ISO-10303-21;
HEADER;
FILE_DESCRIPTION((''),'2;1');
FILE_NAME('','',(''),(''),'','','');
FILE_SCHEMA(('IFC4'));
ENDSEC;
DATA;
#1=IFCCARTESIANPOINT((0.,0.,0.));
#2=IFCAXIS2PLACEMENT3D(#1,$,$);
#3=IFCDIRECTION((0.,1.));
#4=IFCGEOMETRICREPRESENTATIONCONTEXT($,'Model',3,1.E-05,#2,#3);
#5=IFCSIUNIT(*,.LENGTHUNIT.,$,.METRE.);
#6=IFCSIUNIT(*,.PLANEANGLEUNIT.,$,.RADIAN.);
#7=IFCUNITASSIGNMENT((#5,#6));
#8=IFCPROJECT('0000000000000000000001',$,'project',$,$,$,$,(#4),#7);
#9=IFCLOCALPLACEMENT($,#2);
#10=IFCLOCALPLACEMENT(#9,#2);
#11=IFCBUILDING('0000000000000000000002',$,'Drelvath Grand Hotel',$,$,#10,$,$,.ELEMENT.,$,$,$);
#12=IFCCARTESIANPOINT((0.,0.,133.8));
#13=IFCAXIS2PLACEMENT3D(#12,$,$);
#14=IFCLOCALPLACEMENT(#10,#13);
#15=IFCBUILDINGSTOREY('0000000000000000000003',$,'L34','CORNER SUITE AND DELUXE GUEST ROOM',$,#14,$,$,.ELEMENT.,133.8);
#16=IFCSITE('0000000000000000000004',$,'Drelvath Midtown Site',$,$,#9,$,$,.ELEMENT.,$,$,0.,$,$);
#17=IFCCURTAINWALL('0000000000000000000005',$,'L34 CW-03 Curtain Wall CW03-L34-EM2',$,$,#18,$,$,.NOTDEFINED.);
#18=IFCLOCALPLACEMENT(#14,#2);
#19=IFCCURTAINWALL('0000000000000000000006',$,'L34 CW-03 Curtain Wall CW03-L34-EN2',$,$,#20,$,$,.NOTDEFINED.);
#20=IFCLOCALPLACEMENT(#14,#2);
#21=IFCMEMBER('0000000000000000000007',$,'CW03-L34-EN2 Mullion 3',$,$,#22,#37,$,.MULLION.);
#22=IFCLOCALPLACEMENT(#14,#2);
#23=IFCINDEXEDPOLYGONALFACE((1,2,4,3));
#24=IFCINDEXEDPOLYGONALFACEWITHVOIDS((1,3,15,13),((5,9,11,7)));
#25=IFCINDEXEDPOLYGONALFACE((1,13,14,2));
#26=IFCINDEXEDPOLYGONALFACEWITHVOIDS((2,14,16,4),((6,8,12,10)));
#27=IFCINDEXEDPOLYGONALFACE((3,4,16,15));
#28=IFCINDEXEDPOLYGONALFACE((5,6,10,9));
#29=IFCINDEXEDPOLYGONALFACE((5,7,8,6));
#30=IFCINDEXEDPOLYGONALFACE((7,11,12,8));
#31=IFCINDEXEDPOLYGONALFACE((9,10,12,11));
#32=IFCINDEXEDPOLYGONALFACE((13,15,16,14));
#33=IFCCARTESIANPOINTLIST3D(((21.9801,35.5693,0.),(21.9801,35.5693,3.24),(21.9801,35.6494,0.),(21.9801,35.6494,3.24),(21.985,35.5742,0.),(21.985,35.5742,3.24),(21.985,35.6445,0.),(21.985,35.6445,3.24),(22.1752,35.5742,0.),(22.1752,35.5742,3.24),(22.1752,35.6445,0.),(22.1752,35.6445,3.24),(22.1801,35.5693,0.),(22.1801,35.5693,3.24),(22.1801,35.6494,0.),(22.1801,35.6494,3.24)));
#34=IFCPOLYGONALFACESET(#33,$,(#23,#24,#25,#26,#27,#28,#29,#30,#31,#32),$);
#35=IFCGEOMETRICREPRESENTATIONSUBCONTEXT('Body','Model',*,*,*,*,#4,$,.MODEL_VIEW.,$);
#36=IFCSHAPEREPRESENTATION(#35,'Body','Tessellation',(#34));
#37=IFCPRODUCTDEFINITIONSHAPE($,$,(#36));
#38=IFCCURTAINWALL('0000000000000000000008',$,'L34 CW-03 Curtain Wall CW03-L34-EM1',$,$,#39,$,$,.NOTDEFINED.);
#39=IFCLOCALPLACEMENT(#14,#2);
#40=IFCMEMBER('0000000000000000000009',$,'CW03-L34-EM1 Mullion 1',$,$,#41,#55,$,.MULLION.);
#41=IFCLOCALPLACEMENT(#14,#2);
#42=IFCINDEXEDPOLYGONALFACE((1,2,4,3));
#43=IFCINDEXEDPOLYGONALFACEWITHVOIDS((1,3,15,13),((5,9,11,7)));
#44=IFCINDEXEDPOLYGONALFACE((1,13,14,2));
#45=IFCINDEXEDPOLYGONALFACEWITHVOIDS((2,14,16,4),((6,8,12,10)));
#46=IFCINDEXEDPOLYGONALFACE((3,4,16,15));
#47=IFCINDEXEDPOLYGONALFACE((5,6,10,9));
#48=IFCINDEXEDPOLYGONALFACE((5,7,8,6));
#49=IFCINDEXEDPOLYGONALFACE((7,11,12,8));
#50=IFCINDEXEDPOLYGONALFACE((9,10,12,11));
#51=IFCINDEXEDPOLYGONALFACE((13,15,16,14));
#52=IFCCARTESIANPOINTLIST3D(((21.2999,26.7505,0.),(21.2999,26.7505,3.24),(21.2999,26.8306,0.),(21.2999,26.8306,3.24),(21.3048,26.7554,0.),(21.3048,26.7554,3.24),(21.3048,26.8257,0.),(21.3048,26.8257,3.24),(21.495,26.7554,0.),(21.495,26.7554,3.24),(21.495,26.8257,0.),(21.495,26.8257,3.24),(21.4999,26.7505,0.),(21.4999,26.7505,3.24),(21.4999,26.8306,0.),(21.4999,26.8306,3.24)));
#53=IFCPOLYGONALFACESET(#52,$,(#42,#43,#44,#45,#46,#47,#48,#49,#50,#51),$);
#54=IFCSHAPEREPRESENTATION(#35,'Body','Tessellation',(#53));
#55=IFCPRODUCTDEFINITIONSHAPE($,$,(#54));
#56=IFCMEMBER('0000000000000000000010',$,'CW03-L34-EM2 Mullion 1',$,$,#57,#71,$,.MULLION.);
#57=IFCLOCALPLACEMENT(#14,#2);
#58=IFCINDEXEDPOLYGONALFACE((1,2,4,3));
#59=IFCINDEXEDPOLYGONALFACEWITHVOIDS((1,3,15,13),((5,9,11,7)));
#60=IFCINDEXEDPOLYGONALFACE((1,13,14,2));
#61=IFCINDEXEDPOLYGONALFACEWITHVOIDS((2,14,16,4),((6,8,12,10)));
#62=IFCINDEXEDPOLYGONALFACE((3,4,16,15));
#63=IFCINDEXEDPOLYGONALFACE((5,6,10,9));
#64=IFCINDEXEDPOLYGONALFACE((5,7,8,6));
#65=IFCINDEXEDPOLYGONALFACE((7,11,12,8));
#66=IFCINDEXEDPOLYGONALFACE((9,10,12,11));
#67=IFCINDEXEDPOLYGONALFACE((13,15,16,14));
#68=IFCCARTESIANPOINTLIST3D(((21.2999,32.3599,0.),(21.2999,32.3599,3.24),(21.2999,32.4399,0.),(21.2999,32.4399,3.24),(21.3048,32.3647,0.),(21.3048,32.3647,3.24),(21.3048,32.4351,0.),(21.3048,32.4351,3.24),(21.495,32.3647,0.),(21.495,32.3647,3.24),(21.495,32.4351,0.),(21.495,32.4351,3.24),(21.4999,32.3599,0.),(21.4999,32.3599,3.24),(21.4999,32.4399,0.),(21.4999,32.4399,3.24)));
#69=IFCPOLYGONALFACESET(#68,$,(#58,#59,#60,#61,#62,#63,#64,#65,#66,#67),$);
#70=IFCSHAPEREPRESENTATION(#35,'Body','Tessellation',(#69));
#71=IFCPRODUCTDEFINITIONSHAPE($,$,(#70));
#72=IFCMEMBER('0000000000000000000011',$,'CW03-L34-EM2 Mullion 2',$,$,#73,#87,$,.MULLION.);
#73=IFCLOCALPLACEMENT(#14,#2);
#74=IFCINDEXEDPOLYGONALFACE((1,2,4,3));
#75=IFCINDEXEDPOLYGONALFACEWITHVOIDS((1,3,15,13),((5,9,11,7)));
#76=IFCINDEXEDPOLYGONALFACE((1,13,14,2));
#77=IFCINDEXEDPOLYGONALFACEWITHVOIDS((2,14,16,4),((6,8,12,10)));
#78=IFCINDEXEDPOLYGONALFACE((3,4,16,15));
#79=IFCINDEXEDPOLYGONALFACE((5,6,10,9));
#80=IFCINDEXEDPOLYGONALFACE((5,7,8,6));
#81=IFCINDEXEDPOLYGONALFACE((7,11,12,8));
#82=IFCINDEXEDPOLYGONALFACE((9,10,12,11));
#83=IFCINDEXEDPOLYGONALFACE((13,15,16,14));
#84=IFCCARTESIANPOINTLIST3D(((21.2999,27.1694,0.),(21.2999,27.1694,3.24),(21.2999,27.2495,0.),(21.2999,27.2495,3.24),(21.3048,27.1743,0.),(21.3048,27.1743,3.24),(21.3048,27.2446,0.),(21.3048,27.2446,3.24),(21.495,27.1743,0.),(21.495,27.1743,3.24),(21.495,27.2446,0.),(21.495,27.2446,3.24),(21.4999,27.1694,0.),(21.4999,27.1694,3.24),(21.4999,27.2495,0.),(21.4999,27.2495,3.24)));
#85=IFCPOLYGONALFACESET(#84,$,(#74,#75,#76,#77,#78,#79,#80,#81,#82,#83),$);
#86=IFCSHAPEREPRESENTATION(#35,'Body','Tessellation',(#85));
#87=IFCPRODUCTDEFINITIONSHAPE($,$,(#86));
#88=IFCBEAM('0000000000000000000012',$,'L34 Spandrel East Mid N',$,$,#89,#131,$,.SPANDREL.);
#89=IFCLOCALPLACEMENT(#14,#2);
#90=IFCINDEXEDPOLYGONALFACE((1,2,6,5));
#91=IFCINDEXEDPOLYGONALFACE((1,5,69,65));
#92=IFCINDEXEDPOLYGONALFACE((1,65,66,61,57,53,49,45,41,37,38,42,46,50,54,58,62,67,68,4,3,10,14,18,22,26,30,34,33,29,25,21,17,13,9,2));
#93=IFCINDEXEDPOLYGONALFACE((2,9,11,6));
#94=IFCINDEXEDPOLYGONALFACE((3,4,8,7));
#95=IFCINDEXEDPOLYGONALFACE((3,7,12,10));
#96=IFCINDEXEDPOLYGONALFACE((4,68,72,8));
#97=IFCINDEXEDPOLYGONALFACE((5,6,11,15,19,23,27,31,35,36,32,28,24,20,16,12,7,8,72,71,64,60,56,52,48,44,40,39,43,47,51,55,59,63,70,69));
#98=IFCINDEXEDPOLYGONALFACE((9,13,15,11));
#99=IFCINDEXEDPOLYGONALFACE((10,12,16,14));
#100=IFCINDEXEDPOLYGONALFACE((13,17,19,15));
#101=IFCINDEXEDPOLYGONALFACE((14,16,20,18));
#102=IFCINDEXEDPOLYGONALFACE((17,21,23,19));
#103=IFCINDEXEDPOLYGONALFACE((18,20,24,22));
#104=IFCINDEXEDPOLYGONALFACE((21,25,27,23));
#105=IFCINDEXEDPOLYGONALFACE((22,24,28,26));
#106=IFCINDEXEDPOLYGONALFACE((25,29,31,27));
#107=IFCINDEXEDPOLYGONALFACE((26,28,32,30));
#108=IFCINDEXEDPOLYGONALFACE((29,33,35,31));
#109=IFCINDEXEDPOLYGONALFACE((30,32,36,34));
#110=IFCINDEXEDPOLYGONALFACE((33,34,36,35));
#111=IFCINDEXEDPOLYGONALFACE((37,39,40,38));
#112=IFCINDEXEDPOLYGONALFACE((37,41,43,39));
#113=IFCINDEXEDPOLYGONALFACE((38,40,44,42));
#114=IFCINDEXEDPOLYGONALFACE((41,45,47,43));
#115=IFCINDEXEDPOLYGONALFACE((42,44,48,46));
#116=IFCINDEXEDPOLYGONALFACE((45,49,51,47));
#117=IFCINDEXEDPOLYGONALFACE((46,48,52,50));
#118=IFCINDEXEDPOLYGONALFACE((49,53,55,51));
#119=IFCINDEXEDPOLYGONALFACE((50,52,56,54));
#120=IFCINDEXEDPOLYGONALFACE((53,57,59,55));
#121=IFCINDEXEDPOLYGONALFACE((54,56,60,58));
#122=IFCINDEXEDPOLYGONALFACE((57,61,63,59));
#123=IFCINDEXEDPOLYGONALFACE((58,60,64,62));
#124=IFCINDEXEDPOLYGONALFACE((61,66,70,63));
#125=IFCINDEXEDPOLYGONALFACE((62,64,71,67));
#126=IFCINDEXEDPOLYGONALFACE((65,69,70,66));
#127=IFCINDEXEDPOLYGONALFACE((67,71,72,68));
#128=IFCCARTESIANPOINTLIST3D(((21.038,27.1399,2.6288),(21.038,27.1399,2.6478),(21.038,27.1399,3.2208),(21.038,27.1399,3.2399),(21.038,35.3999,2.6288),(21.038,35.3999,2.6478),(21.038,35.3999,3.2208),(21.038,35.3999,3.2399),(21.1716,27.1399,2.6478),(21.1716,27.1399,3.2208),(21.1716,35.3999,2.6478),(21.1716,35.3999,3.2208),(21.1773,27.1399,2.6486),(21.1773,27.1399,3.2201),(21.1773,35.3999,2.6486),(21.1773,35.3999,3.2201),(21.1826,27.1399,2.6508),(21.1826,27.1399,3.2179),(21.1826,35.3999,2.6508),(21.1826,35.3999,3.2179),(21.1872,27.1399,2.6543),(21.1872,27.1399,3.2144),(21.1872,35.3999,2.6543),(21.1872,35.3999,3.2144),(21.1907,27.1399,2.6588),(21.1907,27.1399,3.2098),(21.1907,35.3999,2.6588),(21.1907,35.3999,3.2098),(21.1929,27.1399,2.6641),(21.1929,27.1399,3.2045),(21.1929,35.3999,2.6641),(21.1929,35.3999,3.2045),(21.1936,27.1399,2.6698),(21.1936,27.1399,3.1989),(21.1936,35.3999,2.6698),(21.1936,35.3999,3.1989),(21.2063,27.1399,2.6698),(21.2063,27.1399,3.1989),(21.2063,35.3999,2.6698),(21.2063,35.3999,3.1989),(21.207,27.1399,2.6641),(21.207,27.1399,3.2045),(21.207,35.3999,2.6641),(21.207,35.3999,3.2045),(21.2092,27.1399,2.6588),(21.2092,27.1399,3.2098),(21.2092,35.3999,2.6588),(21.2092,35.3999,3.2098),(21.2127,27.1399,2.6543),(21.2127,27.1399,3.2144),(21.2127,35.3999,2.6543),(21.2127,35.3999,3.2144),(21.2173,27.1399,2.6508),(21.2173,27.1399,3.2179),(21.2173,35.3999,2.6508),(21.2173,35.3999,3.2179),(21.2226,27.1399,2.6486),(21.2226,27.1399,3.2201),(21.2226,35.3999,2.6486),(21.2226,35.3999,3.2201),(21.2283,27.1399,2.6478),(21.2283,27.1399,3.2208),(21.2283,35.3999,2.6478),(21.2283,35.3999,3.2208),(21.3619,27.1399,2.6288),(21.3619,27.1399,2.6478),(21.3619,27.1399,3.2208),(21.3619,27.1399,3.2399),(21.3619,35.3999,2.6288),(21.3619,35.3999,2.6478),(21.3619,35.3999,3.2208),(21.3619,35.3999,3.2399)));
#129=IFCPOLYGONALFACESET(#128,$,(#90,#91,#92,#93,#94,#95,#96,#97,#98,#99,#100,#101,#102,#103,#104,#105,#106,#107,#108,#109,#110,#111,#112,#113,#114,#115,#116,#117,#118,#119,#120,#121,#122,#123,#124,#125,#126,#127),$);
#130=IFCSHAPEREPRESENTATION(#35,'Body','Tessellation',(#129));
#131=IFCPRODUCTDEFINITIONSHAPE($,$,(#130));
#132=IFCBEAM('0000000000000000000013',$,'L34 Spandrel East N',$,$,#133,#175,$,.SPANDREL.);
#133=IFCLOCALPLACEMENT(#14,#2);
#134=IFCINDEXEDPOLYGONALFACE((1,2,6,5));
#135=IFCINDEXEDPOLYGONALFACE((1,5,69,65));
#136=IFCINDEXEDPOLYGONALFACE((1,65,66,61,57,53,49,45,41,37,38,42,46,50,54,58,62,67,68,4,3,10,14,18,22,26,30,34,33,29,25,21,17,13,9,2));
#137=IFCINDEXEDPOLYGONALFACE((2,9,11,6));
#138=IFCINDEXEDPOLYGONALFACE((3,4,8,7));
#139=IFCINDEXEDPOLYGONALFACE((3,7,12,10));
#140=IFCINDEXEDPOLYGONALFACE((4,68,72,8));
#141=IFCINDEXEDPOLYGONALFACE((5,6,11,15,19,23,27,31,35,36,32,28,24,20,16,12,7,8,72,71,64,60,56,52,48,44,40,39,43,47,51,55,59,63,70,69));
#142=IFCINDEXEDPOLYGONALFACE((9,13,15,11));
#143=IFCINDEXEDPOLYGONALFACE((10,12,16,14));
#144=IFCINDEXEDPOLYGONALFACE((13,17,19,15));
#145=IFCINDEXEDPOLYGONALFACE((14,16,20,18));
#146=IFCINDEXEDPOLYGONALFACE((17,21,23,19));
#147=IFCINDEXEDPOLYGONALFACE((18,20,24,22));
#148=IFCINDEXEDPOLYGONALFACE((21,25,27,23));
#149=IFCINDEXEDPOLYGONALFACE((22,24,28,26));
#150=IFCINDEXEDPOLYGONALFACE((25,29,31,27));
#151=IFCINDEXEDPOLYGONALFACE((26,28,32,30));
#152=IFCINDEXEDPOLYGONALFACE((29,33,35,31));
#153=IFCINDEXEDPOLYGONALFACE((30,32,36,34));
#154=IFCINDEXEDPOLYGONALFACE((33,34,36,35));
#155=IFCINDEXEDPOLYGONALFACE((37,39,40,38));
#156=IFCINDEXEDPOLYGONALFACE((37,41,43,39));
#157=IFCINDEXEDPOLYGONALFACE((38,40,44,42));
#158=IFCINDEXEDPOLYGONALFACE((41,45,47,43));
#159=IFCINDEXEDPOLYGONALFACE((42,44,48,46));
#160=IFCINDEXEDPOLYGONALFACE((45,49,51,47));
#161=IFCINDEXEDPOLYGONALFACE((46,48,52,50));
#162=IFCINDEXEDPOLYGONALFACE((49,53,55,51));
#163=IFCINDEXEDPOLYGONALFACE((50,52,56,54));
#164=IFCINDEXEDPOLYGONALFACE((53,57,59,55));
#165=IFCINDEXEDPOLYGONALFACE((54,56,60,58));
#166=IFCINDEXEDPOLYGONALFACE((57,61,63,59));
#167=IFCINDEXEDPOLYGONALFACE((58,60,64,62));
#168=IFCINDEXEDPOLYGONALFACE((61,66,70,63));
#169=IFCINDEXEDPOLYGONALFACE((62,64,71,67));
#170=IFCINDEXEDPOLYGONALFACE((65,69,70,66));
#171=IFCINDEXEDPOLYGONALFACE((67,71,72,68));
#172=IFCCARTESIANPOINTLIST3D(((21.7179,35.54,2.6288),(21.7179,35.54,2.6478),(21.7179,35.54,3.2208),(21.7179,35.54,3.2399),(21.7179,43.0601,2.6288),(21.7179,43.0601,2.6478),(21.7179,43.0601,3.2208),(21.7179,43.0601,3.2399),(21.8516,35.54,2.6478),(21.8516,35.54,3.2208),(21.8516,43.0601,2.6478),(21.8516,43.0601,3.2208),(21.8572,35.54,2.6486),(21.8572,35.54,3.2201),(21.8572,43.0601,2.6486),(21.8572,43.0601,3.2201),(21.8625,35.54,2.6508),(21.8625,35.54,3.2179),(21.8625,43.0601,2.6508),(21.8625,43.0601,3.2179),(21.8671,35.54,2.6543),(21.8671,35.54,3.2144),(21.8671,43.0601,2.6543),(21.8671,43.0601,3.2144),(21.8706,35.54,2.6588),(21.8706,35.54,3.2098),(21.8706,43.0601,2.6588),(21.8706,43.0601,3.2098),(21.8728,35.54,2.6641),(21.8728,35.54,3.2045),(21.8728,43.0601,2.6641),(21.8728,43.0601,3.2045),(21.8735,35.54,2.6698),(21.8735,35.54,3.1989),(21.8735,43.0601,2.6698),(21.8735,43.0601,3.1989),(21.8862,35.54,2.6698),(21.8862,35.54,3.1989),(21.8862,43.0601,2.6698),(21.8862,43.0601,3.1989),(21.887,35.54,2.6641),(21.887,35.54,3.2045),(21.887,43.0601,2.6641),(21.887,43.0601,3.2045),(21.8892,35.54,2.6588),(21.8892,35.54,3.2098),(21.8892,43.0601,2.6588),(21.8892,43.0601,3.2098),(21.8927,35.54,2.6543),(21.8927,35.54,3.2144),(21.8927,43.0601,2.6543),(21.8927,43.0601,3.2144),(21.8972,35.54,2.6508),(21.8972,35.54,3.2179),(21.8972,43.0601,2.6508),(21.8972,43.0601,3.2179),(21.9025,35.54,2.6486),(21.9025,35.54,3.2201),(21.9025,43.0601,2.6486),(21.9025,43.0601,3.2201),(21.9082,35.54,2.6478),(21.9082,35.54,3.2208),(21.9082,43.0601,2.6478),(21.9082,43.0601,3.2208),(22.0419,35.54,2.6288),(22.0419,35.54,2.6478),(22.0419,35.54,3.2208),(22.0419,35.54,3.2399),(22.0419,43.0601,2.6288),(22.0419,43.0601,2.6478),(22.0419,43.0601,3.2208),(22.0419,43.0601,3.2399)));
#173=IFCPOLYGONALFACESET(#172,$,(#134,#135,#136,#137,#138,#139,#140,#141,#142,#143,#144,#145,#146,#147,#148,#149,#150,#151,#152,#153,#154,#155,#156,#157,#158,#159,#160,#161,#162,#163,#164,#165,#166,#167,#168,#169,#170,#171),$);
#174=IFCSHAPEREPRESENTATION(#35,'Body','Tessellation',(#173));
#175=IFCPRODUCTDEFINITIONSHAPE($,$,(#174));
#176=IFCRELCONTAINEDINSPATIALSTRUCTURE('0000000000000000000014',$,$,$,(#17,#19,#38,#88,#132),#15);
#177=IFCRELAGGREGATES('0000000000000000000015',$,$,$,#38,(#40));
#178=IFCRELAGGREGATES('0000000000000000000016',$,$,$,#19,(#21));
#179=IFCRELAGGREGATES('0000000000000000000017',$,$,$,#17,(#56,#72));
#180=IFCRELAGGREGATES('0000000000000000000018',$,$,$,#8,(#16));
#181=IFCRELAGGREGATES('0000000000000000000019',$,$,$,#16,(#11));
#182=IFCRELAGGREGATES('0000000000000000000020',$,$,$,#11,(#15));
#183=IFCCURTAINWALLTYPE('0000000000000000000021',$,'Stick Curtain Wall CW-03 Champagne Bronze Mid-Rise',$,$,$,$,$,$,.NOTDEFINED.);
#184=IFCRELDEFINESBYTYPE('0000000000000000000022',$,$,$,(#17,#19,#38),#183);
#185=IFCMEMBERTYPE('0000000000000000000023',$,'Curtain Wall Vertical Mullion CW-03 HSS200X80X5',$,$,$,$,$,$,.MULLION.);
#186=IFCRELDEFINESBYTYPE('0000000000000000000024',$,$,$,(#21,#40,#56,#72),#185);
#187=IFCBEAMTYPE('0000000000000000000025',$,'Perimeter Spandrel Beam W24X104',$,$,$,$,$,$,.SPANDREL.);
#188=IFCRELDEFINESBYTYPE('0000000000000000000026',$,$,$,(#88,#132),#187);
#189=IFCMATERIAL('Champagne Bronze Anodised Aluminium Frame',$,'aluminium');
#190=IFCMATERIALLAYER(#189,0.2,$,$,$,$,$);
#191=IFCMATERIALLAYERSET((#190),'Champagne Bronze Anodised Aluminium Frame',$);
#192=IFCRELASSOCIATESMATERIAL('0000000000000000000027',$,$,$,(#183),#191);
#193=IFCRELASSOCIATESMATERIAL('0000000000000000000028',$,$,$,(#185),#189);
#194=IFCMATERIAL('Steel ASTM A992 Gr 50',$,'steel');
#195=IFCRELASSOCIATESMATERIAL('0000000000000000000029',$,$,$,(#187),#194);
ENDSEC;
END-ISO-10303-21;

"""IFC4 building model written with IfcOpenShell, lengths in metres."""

from ifc_helpers import new_model, si_unit, direction, frame, origin, origin_2d, place, context, subcontext, project, spatial, hollow_rectangle, i_section, extrude, material, layer, layer_set, material_profile, profile_set, type_object, element, aggregate, save


model = new_model("IFC4")

# Units and contexts
model_context = context("Model", 3, precision=1e-05, world=origin(), true_north=direction((0.0, 1.0)))
body_context = subcontext(model_context, "Body", "Model", "MODEL_VIEW")
ifc_project = project(units=[si_unit("LENGTHUNIT", "METRE"), si_unit("PLANEANGLEUNIT", "RADIAN")], contexts=[model_context])

# Site, building, storey
site_placement = place(None, origin())
site = spatial("IfcSite", under=ifc_project, at=site_placement, Name="Drelvath Midtown Site", CompositionType="ELEMENT", RefElevation=0.0)
building_placement = place(site_placement, origin())
building = spatial("IfcBuilding", under=site, at=building_placement, Name="Drelvath Grand Hotel", CompositionType="ELEMENT")
storey_placement = place(building_placement, frame((0.0, 0.0, 133.8)))
storey = spatial("IfcBuildingStorey", under=building, at=storey_placement, Name="L34", Description="CORNER SUITE AND DELUXE GUEST ROOM", CompositionType="ELEMENT", Elevation=133.8)

# Curtain wall
ifc_material_1 = material(Name="Champagne Bronze Anodised Aluminium Frame", Category="aluminium")
ifc_layer_1 = layer(ifc_material_1, 0.2)
ifc_layer_set_1 = layer_set([ifc_layer_1], Name="Champagne Bronze Anodised Aluminium Frame")
curtain_wall_type = type_object("IfcCurtainWallType", Name="Stick Curtain Wall CW-03 Champagne Bronze Mid-Rise", PredefinedType="NOTDEFINED", material=ifc_layer_set_1)
curtain_wall_1_placement = place(storey_placement, origin())
curtain_wall_1 = element("IfcCurtainWall", 1, at=curtain_wall_1_placement, inside=storey, type_object=curtain_wall_type, Name="L34 CW-03 Curtain Wall CW03-L34-EM2", PredefinedType="NOTDEFINED")

# Shared definitions
ifc_material_profile_1 = material_profile(ifc_material_1, hollow_rectangle(XDim=0.0801, YDim=0.2, WallThickness=0.0049, at=origin_2d()), Name="HSS200X80X5")
ifc_profile_set_1 = profile_set([ifc_material_profile_1], Name="Champagne Bronze Anodised Aluminium Frame")
member_type_1 = type_object("IfcMemberType", Name="Curtain Wall Vertical Mullion CW-03 HSS200X80X5", PredefinedType="MULLION", material=ifc_profile_set_1)

# Curtain wall, member
curtain_wall_2_placement = place(storey_placement, origin())
curtain_wall_2 = element("IfcCurtainWall", 2, at=curtain_wall_2_placement, inside=storey, type_object=curtain_wall_type, Name="L34 CW-03 Curtain Wall CW03-L34-EN2", PredefinedType="NOTDEFINED")
member_1_placement = place(storey_placement, frame((22.0801, 35.6094, 0.0), z_axis=(0.0, 0.0, 1.0), x_axis=(0.0, 1.0, 0.0)))
member_1 = element("IfcMember", 3, at=member_1_placement, type_object=member_type_1, Name="CW03-L34-EN2 Mullion 3", PredefinedType="MULLION", context=body_context, shape_type="SweptSolid", body=[
    extrude(hollow_rectangle(XDim=0.0801, YDim=0.2, WallThickness=0.0049, at=origin_2d()), origin(), (0.0, 0.0, 1.0), 3.24),
])

# Curtain wall, member
curtain_wall_3_placement = place(storey_placement, origin())
curtain_wall_3 = element("IfcCurtainWall", 4, at=curtain_wall_3_placement, inside=storey, type_object=curtain_wall_type, Name="L34 CW-03 Curtain Wall CW03-L34-EM1", PredefinedType="NOTDEFINED")
member_2_placement = place(storey_placement, frame((21.3999, 26.7905, 0.0), z_axis=(0.0, 0.0, 1.0), x_axis=(0.0, 1.0, 0.0)))
member_2 = element("IfcMember", 5, at=member_2_placement, type_object=member_type_1, Name="CW03-L34-EM1 Mullion 1", PredefinedType="MULLION", context=body_context, shape_type="SweptSolid", body=[
    extrude(hollow_rectangle(XDim=0.0801, YDim=0.2, WallThickness=0.0049, at=origin_2d()), origin(), (0.0, 0.0, 1.0), 3.24),
])
aggregate(curtain_wall_3, [member_2])

# Members
member_3_placement = place(storey_placement, frame((21.3999, 32.3999, 0.0), z_axis=(0.0, 0.0, 1.0), x_axis=(0.0, 1.0, 0.0)))
member_3 = element("IfcMember", 6, at=member_3_placement, type_object=member_type_1, Name="CW03-L34-EM2 Mullion 1", PredefinedType="MULLION", context=body_context, shape_type="SweptSolid", body=[
    extrude(hollow_rectangle(XDim=0.0801, YDim=0.2, WallThickness=0.0049, at=origin_2d()), origin(), (0.0, 0.0, 1.0), 3.24),
])
member_4_placement = place(storey_placement, frame((21.3999, 27.2095, 0.0), z_axis=(0.0, 0.0, 1.0), x_axis=(0.0, 1.0, 0.0)))
member_4 = element("IfcMember", 7, at=member_4_placement, type_object=member_type_1, Name="CW03-L34-EM2 Mullion 2", PredefinedType="MULLION", context=body_context, shape_type="SweptSolid", body=[
    extrude(hollow_rectangle(XDim=0.0801, YDim=0.2, WallThickness=0.0049, at=origin_2d()), origin(), (0.0, 0.0, 1.0), 3.24),
])

# Beams
ifc_material_2 = material(Name="Steel ASTM A992 Gr 50", Category="steel")
ifc_material_profile_2 = material_profile(ifc_material_2, i_section(OverallWidth=0.324, OverallDepth=0.6111, WebThickness=0.0127, FlangeThickness=0.019, FilletRadius=0.022, at=origin_2d()), Name="W24X104")
ifc_profile_set_2 = profile_set([ifc_material_profile_2], Name="Steel ASTM A992 Gr 50")
beam_type_1 = type_object("IfcBeamType", Name="Perimeter Spandrel Beam W24X104", PredefinedType="SPANDREL", material=ifc_profile_set_2)
beam_1_placement = place(storey_placement, frame((21.2, 27.1399, 2.9343), z_axis=(0.0, 1.0, 0.0), x_axis=(-1.0, 0.0, 0.0)))
element("IfcBeam", 8, at=beam_1_placement, inside=storey, type_object=beam_type_1, Name="L34 Spandrel East Mid N", PredefinedType="SPANDREL", context=body_context, shape_type="SweptSolid", body=[
    extrude(i_section(OverallWidth=0.324, OverallDepth=0.6111, WebThickness=0.0127, FlangeThickness=0.019, FilletRadius=0.022, at=origin_2d()), origin(), (0.0, 0.0, 1.0), 8.26),
])
beam_2_placement = place(storey_placement, frame((21.8799, 35.54, 2.9343), z_axis=(0.0, 1.0, 0.0), x_axis=(-1.0, 0.0, 0.0)))
element("IfcBeam", 9, at=beam_2_placement, inside=storey, type_object=beam_type_1, Name="L34 Spandrel East N", PredefinedType="SPANDREL", context=body_context, shape_type="SweptSolid", body=[
    extrude(i_section(OverallWidth=0.324, OverallDepth=0.6111, WebThickness=0.0127, FlangeThickness=0.019, FilletRadius=0.022, at=origin_2d()), origin(), (0.0, 0.0, 1.0), 7.52),
])

aggregate(curtain_wall_2, [member_1])
aggregate(curtain_wall_1, [member_3, member_4])

save(model, "model.ifc")
